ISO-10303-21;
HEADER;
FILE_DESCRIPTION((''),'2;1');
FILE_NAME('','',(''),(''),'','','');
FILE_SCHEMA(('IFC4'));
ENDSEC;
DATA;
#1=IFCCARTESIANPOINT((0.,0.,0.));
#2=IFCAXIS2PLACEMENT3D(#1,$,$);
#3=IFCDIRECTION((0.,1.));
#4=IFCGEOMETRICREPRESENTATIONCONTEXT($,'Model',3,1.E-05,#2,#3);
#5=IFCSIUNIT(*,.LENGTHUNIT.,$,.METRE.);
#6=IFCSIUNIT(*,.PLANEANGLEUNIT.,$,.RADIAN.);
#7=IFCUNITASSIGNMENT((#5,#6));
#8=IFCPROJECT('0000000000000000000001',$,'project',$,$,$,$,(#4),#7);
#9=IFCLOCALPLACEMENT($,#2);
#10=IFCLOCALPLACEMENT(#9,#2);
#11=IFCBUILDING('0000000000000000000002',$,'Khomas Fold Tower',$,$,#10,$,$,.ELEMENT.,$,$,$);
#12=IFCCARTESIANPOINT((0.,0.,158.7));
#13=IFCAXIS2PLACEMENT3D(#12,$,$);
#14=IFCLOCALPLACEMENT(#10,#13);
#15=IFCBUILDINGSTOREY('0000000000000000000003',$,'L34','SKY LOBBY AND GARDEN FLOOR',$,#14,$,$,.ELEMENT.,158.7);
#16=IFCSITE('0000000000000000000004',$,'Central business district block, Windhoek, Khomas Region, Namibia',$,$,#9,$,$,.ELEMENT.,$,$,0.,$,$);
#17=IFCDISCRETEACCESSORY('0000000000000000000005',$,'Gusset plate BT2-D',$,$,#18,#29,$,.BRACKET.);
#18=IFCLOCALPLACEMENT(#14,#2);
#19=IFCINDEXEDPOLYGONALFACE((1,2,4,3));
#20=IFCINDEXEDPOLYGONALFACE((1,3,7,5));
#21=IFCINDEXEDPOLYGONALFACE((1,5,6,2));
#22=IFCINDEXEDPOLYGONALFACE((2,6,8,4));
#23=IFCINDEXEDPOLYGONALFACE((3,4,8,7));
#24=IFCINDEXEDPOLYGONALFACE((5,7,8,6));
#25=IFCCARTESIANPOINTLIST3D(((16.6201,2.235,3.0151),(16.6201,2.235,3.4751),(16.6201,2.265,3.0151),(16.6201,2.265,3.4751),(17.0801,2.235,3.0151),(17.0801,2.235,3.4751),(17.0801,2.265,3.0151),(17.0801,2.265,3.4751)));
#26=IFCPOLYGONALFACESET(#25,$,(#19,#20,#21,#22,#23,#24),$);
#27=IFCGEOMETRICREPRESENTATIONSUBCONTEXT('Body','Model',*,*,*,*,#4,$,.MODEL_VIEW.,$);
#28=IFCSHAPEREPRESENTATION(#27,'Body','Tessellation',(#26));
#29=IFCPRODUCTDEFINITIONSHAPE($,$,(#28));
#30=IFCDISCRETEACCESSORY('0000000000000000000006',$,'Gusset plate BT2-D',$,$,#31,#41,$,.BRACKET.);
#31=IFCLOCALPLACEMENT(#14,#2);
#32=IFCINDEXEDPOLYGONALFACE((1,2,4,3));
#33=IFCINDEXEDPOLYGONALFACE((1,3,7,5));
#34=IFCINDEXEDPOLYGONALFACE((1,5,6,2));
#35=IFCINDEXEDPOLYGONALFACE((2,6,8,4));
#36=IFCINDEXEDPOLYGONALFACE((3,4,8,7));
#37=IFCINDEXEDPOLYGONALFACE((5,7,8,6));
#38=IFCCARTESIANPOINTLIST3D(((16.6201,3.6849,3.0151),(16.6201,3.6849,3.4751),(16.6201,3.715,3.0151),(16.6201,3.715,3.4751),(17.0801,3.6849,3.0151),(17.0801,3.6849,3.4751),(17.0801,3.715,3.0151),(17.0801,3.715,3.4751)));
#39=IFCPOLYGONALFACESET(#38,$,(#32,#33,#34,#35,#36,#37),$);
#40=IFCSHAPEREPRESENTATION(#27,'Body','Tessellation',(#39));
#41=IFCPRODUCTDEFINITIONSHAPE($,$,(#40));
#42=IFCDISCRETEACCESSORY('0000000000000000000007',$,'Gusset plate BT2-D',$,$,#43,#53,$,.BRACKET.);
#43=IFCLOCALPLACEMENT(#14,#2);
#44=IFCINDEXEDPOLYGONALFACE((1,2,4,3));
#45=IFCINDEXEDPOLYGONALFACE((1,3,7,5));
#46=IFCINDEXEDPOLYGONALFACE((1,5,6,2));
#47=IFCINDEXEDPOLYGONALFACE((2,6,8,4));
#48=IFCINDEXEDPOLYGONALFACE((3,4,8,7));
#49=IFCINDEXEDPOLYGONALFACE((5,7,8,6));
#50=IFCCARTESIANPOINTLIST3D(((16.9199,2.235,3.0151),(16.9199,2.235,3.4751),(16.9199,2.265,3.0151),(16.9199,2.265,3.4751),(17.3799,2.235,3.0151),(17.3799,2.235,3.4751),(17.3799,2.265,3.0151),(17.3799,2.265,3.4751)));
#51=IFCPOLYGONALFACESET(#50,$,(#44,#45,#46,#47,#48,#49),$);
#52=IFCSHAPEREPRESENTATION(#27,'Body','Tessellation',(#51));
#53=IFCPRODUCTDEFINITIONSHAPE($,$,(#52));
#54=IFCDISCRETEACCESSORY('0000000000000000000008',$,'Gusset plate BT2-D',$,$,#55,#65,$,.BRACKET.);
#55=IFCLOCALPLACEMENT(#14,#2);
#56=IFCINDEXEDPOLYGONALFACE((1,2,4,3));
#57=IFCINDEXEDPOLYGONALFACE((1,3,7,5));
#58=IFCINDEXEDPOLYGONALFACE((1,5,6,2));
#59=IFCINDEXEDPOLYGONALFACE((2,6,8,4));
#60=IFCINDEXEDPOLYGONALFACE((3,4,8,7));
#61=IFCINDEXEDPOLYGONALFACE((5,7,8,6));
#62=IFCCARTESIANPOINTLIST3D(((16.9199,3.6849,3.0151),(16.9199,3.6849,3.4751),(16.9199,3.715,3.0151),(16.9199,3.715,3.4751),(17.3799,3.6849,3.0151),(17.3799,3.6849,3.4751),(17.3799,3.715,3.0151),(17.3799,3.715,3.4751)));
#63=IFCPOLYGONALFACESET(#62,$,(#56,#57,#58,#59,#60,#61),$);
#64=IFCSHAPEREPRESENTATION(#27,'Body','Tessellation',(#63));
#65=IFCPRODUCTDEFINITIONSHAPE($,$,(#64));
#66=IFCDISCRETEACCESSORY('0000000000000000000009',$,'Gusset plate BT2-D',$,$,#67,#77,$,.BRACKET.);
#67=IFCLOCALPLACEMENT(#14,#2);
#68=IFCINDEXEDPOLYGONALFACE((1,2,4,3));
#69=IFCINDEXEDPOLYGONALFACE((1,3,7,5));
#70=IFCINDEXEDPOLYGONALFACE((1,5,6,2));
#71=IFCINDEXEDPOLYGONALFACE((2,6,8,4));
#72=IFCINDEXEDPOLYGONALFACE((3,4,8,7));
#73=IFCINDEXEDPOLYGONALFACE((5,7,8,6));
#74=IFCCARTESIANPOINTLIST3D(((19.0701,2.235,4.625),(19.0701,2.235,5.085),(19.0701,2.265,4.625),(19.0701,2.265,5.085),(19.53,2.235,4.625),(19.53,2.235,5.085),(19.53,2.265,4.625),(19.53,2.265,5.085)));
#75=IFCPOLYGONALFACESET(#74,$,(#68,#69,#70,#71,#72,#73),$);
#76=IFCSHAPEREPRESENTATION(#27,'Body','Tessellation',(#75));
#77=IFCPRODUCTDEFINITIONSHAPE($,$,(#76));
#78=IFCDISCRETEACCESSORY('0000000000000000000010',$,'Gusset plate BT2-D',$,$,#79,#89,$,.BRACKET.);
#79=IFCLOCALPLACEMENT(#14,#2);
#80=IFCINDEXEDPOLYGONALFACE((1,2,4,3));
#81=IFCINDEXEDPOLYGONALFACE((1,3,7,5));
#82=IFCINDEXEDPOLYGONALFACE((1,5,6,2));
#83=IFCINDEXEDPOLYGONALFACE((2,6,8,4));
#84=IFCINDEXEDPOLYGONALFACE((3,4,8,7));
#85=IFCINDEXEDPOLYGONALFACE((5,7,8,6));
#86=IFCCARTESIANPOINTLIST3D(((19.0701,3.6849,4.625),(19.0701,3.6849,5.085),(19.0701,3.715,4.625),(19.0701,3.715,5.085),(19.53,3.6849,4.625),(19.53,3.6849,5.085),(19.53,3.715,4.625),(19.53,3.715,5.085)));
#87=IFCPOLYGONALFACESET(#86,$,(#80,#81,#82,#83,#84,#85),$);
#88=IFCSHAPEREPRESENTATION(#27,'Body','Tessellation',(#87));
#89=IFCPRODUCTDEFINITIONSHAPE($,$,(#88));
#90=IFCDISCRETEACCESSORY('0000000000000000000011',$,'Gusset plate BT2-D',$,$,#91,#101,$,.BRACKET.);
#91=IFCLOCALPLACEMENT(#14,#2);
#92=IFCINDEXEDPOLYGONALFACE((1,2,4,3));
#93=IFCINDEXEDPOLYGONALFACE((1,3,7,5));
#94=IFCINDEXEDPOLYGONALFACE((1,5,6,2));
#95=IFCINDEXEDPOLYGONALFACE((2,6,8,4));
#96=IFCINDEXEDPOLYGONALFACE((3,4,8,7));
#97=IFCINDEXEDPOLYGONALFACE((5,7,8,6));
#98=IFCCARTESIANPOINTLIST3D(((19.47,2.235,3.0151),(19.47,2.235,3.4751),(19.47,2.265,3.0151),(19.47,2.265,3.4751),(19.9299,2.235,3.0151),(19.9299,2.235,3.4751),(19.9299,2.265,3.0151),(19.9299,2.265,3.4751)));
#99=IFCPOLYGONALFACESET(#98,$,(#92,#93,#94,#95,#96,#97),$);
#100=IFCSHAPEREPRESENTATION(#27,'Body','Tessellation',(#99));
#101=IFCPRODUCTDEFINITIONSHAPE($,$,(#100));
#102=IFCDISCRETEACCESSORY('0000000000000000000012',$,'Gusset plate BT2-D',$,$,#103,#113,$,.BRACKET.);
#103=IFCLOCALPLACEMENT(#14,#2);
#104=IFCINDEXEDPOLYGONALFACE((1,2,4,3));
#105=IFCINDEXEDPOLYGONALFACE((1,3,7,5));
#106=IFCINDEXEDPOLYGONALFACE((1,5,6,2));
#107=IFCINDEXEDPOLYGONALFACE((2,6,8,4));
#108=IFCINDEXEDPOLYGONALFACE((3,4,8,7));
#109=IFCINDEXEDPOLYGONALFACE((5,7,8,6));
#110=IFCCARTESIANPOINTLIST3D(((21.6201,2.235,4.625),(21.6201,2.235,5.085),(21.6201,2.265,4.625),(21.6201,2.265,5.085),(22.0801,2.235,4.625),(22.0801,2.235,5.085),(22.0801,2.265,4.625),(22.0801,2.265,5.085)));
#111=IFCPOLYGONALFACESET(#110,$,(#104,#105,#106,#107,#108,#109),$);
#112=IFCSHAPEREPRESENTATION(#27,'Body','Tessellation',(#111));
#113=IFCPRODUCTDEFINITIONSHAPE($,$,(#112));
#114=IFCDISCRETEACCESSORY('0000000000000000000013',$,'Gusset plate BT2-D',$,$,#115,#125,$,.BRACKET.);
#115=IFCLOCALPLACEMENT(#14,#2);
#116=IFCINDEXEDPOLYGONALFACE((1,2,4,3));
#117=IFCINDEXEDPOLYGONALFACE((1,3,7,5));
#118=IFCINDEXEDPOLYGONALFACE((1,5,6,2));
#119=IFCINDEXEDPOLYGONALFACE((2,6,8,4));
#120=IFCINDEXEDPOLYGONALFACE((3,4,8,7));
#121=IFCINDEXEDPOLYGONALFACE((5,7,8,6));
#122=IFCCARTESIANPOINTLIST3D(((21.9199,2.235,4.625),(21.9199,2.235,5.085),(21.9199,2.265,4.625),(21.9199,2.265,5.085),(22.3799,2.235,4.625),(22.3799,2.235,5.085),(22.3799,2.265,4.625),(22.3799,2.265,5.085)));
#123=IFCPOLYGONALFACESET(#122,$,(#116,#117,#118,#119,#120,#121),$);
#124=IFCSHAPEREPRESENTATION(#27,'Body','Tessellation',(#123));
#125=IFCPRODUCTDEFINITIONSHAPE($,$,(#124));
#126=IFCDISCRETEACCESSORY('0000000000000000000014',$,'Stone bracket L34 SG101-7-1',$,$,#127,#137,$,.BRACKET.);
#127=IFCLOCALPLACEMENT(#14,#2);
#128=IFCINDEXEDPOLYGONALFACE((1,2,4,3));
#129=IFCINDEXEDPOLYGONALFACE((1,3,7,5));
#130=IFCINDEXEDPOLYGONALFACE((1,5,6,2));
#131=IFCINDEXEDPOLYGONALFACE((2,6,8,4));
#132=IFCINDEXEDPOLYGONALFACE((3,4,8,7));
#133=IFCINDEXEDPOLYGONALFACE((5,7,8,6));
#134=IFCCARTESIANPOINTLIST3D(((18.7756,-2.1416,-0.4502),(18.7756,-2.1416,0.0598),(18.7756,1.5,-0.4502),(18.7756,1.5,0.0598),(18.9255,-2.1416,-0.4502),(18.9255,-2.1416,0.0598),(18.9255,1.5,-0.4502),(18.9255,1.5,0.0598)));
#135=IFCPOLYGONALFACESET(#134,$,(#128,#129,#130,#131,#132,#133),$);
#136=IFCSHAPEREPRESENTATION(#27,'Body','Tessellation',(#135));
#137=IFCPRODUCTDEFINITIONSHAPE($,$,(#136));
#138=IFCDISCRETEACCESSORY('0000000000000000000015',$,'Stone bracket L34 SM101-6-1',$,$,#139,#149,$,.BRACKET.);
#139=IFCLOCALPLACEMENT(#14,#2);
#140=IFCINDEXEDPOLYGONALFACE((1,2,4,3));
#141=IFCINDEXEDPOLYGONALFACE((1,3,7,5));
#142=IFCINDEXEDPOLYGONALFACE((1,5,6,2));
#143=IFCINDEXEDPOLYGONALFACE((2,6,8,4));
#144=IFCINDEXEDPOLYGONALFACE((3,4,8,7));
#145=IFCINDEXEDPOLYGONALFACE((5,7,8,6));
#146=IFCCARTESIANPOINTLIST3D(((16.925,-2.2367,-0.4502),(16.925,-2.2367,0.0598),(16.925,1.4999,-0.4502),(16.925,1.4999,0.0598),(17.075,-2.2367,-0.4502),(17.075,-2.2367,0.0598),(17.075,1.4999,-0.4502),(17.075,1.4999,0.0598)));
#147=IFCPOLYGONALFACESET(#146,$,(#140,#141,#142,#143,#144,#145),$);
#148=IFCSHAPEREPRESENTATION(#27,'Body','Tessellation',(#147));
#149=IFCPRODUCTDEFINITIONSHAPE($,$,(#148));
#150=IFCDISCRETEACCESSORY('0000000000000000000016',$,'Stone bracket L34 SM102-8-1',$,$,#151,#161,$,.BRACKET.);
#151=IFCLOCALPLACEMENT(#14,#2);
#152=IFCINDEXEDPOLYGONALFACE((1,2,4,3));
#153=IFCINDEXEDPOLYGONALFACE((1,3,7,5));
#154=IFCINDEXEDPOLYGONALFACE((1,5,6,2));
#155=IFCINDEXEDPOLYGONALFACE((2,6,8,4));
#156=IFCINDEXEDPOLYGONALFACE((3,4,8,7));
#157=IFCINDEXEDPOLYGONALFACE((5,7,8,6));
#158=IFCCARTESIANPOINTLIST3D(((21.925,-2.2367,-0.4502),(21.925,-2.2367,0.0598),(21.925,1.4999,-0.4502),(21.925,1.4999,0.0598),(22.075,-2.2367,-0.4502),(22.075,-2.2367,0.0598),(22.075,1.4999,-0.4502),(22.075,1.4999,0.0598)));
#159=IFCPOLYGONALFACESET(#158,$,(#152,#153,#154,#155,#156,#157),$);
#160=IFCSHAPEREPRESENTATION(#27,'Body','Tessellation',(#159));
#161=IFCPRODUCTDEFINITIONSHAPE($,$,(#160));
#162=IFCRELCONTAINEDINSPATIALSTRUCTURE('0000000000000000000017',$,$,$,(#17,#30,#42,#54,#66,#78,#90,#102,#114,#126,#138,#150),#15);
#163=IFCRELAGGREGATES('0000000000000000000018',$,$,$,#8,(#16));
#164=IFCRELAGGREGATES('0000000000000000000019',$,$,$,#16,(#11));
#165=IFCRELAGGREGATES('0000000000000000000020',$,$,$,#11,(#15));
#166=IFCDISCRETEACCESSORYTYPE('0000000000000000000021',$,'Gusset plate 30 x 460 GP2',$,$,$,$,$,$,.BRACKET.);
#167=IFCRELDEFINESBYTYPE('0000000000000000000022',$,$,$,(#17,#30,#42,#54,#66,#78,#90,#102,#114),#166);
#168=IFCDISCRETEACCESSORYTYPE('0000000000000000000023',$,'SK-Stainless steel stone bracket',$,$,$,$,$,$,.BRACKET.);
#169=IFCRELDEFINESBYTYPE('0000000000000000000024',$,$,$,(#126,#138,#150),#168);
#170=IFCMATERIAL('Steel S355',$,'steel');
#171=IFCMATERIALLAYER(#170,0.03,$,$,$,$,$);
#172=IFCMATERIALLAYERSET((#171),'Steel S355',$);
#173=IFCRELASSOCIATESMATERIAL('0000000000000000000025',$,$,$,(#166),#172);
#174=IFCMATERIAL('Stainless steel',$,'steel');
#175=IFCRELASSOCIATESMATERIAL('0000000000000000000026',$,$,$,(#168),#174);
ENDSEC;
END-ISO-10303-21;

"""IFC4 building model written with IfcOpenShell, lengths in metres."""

from ifc_helpers import new_model, si_unit, direction, frame, origin, origin_2d, place, context, subcontext, project, spatial, rectangle, extrude, source, transform, mapped, material, layer, layer_set, type_object, element, save


model = new_model("IFC4")

# Units and contexts
model_context = context("Model", 3, precision=1e-05, world=origin(), true_north=direction((0.0, 1.0)))
body_context = subcontext(model_context, "Body", "Model", "MODEL_VIEW")
ifc_project = project(units=[si_unit("LENGTHUNIT", "METRE"), si_unit("PLANEANGLEUNIT", "RADIAN")], contexts=[model_context])

# Site, building, storey
site_placement = place(None, origin())
site = spatial("IfcSite", under=ifc_project, at=site_placement, Name="Central business district block, Windhoek, Khomas Region, Namibia", CompositionType="ELEMENT", RefElevation=0.0)
building_placement = place(site_placement, origin())
building = spatial("IfcBuilding", under=site, at=building_placement, Name="Khomas Fold Tower", CompositionType="ELEMENT")
storey_placement = place(building_placement, frame((0.0, 0.0, 158.7)))
storey = spatial("IfcBuildingStorey", under=building, at=storey_placement, Name="L34", Description="SKY LOBBY AND GARDEN FLOOR", CompositionType="ELEMENT", Elevation=158.7)

# Discrete accessories
ifc_material_1 = material(Name="Steel S355", Category="steel")
ifc_layer_1 = layer(ifc_material_1, 0.03)
ifc_layer_set_1 = layer_set([ifc_layer_1], Name="Steel S355")
discrete_accessory_type_1 = type_object("IfcDiscreteAccessoryType", Name="Gusset plate 30 x 460 GP2", PredefinedType="BRACKET", material=ifc_layer_set_1)
shared_shape_1 = source(origin(), body_context, "Body", "SweptSolid", [
    extrude(rectangle(XDim=0.46, YDim=0.03, at=origin_2d()), origin(), (0.0, 0.0, 1.0), 0.46),
])
for number, where, z_axis, x_axis, name in (
    (1, (16.8501, 2.25, 3.0151), (0.0, 0.0, 1.0), (1.0, 0.0, 0.0), "Gusset plate BT2-D"),
    (2, (16.8501, 3.7, 3.0151), (0.0, 0.0, 1.0), (1.0, 0.0, 0.0), "Gusset plate BT2-D"),
    (3, (17.1499, 2.25, 3.0151), (0.0, 0.0, 1.0), (1.0, 0.0, 0.0), "Gusset plate BT2-D"),
    (4, (17.1499, 3.7, 3.0151), (0.0, 0.0, 1.0), (1.0, 0.0, 0.0), "Gusset plate BT2-D"),
    (5, (19.3, 2.25, 4.625), (0.0, 0.0, 1.0), (1.0, 0.0, 0.0), "Gusset plate BT2-D"),
    (6, (19.3, 3.7, 4.625), (0.0, 0.0, 1.0), (1.0, 0.0, 0.0), "Gusset plate BT2-D"),
    (7, (19.7, 2.25, 3.0151), (0.0, 0.0, 1.0), (1.0, 0.0, 0.0), "Gusset plate BT2-D"),
    (8, (21.8501, 2.25, 4.625), (0.0, 0.0, 1.0), (1.0, 0.0, 0.0), "Gusset plate BT2-D"),
    (9, (22.1499, 2.25, 4.625), (0.0, 0.0, 1.0), (1.0, 0.0, 0.0), "Gusset plate BT2-D"),
):
    element("IfcDiscreteAccessory", number, at=place(storey_placement, frame(where, z_axis=z_axis, x_axis=x_axis)), inside=storey, type_object=discrete_accessory_type_1, Name=name, PredefinedType="BRACKET", context=body_context, shape_type="MappedRepresentation", body=[
        mapped(shared_shape_1, transform((0.0, 0.0, 0.0))),
    ])
ifc_material_2 = material(Name="Stainless steel", Category="steel")
discrete_accessory_type_2 = type_object("IfcDiscreteAccessoryType", Name="SK-Stainless steel stone bracket", PredefinedType="BRACKET", material=ifc_material_2)
shared_shape_2 = source(origin(), body_context, "Body", "SweptSolid", [
    extrude(rectangle(XDim=3.6416, YDim=0.1499, at=origin_2d()), origin(), (0.0, 0.0, 1.0), 0.51),
])
discrete_accessory_placement = place(storey_placement, frame((18.8506, -0.3208, -0.4502), z_axis=(0.0, 0.0, 1.0), x_axis=(0.0, -1.0, 0.0)))
element("IfcDiscreteAccessory", 10, at=discrete_accessory_placement, inside=storey, type_object=discrete_accessory_type_2, Name="Stone bracket L34 SG101-7-1", PredefinedType="BRACKET", context=body_context, shape_type="MappedRepresentation", body=[
    mapped(shared_shape_2, transform((0.0, 0.0, 0.0))),
])
shared_shape_3 = source(origin(), body_context, "Body", "SweptSolid", [
    extrude(rectangle(XDim=3.7366, YDim=0.1499, at=origin_2d()), origin(), (0.0, 0.0, 1.0), 0.51),
])
for number, where, z_axis, x_axis, name in (
    (11, (17.0, -0.3684, -0.4502), (0.0, 0.0, 1.0), (0.0, -1.0, 0.0), "Stone bracket L34 SM101-6-1"),
    (12, (22.0, -0.3684, -0.4502), (0.0, 0.0, 1.0), (0.0, -1.0, 0.0), "Stone bracket L34 SM102-8-1"),
):
    element("IfcDiscreteAccessory", number, at=place(storey_placement, frame(where, z_axis=z_axis, x_axis=x_axis)), inside=storey, type_object=discrete_accessory_type_2, Name=name, PredefinedType="BRACKET", context=body_context, shape_type="MappedRepresentation", body=[
        mapped(shared_shape_3, transform((0.0, 0.0, 0.0))),
    ])

save(model, "model.ifc")
